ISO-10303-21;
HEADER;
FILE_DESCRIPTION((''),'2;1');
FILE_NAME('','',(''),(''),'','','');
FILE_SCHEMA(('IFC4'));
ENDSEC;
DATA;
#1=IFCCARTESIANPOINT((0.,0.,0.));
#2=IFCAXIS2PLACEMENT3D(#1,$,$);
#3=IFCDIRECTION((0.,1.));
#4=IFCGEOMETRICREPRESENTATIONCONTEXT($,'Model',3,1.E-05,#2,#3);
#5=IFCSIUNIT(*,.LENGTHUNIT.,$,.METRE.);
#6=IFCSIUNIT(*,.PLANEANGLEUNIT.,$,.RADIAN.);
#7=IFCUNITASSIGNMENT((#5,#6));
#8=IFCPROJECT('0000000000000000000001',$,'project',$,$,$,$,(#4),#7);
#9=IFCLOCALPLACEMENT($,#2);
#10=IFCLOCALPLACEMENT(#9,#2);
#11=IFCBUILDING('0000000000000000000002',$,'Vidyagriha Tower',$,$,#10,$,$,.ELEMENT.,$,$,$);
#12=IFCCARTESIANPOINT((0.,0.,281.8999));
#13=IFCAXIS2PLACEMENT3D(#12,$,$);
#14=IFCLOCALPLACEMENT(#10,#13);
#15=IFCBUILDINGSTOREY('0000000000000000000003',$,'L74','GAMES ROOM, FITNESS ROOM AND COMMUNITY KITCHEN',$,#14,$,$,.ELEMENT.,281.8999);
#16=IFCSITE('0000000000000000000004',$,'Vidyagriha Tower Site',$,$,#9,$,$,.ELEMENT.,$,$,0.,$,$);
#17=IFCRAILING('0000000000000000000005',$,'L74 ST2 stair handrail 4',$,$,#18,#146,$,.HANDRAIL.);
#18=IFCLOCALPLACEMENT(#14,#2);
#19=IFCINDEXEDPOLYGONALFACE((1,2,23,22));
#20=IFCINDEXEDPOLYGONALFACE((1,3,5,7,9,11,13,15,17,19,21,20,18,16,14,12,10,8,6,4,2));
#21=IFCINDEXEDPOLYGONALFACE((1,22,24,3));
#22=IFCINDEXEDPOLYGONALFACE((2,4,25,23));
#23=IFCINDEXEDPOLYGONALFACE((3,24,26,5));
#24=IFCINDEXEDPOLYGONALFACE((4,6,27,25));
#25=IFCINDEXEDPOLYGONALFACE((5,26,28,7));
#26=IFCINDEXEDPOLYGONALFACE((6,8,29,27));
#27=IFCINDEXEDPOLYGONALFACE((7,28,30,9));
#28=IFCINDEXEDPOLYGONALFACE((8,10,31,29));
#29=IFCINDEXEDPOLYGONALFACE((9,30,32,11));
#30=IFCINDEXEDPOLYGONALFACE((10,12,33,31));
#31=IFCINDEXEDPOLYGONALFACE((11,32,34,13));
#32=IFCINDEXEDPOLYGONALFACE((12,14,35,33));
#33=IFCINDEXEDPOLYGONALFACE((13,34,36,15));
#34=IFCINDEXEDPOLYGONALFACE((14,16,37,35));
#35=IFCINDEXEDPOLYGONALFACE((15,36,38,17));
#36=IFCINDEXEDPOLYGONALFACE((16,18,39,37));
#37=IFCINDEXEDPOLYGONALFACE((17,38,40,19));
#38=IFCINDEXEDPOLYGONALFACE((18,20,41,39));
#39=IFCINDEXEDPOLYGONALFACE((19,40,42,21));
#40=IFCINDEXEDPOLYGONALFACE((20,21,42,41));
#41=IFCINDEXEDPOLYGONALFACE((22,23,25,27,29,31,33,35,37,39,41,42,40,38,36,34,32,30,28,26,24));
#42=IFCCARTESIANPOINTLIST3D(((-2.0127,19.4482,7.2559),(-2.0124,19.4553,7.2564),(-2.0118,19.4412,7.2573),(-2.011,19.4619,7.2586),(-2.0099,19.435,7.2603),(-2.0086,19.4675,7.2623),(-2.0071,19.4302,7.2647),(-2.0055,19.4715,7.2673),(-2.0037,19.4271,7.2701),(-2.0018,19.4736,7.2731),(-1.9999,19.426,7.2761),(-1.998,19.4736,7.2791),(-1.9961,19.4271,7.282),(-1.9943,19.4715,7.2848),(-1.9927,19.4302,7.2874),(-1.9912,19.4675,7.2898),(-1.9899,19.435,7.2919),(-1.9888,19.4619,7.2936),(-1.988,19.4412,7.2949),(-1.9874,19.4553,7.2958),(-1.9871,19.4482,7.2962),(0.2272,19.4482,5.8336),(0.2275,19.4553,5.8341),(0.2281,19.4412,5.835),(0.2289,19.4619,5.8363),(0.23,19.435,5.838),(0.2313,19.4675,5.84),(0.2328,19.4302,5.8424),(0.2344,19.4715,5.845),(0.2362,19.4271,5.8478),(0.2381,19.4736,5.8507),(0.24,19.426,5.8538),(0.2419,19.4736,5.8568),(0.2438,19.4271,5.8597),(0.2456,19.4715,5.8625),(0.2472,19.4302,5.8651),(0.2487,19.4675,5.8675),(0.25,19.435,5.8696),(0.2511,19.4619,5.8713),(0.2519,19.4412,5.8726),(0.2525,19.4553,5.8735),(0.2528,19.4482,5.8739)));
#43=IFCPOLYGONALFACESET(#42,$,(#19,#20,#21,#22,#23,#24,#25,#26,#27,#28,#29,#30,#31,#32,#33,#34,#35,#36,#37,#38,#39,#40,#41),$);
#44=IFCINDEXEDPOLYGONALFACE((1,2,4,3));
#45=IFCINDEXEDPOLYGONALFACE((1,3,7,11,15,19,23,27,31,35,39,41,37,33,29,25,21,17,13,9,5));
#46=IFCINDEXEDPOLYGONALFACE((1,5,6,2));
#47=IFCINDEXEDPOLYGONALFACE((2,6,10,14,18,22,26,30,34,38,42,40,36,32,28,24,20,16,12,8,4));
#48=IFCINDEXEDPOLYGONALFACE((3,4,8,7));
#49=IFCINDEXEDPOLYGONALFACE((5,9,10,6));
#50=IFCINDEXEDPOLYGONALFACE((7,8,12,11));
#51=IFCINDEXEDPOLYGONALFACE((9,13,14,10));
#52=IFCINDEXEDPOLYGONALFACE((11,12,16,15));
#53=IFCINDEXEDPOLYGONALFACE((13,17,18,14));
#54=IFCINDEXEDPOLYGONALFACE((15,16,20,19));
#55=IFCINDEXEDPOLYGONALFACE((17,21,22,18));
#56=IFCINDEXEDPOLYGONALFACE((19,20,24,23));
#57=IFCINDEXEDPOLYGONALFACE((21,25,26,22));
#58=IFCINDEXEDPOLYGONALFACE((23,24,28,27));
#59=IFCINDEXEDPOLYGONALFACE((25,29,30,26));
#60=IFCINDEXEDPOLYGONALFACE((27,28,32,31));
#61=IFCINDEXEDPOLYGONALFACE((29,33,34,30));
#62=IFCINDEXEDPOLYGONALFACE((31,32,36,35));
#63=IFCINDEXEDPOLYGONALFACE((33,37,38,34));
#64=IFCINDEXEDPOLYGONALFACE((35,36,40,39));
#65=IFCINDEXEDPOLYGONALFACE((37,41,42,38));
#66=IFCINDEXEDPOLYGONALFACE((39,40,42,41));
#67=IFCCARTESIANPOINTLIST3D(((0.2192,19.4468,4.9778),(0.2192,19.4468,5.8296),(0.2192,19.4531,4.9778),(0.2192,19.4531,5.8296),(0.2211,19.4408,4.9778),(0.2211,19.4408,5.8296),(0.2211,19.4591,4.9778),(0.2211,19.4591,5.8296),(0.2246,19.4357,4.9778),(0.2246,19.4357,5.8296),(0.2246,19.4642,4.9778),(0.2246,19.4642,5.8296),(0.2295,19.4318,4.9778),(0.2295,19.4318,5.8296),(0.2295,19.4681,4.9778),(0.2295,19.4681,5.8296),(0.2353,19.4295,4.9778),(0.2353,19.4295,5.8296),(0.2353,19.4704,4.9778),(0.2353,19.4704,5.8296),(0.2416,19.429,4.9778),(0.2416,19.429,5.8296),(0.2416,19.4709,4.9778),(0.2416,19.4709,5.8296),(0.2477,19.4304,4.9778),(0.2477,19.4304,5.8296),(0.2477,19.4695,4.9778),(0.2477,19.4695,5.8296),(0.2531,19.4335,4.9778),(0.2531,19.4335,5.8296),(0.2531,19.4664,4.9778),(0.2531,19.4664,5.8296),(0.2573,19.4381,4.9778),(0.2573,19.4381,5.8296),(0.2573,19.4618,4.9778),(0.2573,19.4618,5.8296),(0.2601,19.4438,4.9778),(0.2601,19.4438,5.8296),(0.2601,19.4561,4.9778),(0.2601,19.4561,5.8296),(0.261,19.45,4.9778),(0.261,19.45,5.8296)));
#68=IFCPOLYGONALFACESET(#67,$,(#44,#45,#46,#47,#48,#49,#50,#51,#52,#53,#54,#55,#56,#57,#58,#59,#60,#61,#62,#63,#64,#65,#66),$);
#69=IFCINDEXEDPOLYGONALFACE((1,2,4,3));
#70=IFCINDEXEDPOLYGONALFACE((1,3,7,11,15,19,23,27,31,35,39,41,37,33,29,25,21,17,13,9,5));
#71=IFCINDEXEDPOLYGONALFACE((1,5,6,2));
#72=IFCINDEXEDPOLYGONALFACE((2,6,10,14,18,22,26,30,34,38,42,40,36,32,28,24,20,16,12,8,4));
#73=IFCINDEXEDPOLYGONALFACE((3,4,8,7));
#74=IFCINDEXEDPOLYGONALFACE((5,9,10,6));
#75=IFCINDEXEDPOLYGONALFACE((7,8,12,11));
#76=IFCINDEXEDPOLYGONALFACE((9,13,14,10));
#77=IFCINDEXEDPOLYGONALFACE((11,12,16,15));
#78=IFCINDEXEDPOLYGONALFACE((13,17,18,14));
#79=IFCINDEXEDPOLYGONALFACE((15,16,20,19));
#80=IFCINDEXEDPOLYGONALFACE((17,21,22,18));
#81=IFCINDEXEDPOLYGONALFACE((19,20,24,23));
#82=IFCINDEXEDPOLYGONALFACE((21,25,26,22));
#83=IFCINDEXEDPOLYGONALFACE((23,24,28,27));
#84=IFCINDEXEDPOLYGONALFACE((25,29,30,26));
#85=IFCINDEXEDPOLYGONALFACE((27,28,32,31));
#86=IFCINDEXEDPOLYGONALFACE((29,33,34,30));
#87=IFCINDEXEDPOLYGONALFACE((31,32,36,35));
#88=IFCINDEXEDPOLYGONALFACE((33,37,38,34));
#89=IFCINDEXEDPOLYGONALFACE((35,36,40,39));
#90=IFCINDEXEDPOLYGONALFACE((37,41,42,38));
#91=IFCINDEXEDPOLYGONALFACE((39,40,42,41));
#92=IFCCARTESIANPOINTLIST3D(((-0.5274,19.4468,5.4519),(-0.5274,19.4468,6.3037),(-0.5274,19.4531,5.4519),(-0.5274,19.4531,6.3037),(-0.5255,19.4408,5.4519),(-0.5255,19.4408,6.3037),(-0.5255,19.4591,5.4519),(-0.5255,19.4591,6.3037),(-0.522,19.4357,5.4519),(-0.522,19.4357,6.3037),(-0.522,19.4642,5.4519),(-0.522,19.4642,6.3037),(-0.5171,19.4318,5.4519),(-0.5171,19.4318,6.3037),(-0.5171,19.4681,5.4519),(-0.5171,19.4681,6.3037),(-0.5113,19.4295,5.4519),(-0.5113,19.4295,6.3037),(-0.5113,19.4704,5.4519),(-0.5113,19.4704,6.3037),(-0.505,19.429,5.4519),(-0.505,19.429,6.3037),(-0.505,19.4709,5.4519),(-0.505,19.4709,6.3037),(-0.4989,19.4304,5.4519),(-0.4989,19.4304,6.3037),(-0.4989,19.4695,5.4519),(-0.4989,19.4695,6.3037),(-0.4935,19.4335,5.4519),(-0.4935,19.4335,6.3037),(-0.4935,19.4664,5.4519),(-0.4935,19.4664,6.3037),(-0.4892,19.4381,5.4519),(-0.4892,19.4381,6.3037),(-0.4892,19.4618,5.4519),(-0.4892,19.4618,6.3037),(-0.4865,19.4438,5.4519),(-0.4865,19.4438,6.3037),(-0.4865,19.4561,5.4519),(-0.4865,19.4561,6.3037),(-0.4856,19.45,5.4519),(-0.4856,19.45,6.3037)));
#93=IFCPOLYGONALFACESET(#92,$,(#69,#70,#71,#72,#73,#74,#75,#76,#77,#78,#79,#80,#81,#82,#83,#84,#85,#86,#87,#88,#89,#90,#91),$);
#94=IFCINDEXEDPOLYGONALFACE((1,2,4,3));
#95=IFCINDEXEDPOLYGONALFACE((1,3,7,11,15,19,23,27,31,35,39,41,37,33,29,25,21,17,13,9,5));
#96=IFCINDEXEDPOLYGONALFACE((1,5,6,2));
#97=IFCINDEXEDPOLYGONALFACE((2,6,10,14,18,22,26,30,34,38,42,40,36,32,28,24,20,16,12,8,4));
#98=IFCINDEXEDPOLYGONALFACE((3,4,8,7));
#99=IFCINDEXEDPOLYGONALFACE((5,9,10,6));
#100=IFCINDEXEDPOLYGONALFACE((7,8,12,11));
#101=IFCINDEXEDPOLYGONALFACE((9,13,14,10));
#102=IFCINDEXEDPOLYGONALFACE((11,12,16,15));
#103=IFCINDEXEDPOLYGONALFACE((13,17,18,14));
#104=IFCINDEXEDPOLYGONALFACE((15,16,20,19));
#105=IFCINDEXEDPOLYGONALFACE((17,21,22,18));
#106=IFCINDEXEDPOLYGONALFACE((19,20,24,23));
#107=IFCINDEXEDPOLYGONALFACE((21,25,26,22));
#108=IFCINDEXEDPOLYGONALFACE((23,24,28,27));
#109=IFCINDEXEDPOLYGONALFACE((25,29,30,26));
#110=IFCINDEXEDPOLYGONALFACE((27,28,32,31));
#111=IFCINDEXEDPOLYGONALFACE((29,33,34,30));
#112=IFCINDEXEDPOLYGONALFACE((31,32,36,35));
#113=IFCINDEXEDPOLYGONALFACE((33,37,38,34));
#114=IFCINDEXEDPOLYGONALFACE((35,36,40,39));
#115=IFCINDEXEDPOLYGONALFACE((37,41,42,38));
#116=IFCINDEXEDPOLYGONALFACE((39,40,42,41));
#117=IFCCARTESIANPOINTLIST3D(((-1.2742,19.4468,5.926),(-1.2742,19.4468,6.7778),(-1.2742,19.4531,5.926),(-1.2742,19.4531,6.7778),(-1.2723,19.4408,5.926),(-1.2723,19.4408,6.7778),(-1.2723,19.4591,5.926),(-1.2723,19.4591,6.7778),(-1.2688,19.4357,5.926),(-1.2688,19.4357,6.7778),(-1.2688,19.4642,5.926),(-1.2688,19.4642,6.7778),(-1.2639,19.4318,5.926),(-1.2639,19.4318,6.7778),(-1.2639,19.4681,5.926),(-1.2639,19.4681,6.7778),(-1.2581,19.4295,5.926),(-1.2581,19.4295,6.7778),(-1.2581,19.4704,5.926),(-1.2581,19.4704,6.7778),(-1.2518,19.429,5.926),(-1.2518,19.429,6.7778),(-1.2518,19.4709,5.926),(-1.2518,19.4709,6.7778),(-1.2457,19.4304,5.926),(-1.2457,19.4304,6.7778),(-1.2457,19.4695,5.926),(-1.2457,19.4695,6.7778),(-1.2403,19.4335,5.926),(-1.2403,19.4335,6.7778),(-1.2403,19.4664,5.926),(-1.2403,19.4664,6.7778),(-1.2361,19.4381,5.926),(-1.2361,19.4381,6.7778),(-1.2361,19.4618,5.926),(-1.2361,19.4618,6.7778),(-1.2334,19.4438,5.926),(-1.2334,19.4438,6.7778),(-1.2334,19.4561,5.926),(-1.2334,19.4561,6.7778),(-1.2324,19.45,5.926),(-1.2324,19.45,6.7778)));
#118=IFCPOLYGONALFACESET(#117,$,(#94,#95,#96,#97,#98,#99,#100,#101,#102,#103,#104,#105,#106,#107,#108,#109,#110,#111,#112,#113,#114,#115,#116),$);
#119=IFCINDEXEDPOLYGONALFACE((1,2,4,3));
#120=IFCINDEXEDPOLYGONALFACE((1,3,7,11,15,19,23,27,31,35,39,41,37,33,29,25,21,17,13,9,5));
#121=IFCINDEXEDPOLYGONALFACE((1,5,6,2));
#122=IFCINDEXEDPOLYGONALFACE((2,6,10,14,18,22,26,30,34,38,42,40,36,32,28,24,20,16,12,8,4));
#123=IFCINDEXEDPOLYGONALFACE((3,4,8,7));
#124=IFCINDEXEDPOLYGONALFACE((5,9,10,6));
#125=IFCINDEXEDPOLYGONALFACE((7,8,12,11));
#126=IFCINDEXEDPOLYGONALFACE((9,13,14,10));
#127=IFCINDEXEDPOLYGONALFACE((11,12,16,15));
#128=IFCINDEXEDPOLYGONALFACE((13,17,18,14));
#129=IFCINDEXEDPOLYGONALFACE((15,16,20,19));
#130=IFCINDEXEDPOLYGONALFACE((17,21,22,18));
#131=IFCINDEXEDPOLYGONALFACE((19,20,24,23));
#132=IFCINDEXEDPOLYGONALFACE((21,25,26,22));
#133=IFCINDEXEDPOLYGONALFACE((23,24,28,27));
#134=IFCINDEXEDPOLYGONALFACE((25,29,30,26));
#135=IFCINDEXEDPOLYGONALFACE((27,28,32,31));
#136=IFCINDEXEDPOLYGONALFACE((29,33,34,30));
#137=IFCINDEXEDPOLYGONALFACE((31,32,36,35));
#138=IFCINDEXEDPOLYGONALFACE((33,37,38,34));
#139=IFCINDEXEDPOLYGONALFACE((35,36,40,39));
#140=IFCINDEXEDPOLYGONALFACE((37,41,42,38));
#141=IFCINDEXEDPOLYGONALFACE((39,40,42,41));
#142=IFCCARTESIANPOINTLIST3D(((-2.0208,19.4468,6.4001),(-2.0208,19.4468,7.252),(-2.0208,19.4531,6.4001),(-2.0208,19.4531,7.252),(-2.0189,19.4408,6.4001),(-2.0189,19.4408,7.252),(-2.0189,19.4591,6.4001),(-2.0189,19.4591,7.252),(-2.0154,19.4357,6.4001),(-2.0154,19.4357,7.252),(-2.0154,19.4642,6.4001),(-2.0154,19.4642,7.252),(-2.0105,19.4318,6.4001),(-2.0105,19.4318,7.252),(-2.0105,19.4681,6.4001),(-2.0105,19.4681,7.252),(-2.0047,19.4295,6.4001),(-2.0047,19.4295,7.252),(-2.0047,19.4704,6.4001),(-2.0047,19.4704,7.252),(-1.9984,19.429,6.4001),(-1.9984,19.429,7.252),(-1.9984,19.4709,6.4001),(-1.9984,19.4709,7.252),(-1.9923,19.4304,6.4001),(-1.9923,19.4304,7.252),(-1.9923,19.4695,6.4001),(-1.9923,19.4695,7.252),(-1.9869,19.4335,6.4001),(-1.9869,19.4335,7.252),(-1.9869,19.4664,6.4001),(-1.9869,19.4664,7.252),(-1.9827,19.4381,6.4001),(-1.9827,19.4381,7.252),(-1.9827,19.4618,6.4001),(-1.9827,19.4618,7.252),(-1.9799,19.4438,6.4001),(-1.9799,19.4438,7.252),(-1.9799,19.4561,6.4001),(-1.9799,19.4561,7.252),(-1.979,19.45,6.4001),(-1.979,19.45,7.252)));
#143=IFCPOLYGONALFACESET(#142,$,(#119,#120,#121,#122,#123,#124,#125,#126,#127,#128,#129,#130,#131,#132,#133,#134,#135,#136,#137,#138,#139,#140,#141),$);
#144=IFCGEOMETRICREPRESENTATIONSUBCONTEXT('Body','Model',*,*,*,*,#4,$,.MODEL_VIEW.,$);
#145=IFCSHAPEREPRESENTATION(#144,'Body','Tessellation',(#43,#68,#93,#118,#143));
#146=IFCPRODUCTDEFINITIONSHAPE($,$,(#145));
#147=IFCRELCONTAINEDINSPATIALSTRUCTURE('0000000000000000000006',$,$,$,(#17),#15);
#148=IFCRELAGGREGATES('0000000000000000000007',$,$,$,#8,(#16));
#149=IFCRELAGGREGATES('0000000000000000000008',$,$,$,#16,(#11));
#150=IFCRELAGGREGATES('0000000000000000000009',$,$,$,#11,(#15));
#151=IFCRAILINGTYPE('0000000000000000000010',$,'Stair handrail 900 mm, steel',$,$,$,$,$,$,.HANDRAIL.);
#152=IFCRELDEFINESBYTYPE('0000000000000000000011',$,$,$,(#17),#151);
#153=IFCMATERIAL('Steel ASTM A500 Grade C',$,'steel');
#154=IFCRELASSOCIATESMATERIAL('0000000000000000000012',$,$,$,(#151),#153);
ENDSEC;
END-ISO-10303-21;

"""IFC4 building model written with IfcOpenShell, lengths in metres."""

from ifc_helpers import new_model, si_unit, direction, frame, origin, origin_2d, place, context, subcontext, project, spatial, circle, extrude, material, type_object, element, save


model = new_model("IFC4")

# Units and contexts
model_context = context("Model", 3, precision=1e-05, world=origin(), true_north=direction((0.0, 1.0)))
body_context = subcontext(model_context, "Body", "Model", "MODEL_VIEW")
ifc_project = project(units=[si_unit("LENGTHUNIT", "METRE"), si_unit("PLANEANGLEUNIT", "RADIAN")], contexts=[model_context])

# Site, building, storey
site_placement = place(None, origin())
site = spatial("IfcSite", under=ifc_project, at=site_placement, Name="Vidyagriha Tower Site", CompositionType="ELEMENT", RefElevation=0.0)
building_placement = place(site_placement, origin())
building = spatial("IfcBuilding", under=site, at=building_placement, Name="Vidyagriha Tower", CompositionType="ELEMENT")
storey_placement = place(building_placement, frame((0.0, 0.0, 281.8999)))
storey = spatial("IfcBuildingStorey", under=building, at=storey_placement, Name="L74", Description="GAMES ROOM, FITNESS ROOM AND COMMUNITY KITCHEN", CompositionType="ELEMENT", Elevation=281.8999)

# Railing
ifc_material_1 = material(Name="Steel ASTM A500 Grade C", Category="steel")
railing_type_1 = type_object("IfcRailingType", Name="Stair handrail 900 mm, steel", PredefinedType="HANDRAIL", material=ifc_material_1)
for number, where, name in (
    (1, (0.24, 19.45, 4.9778), "L74 ST2 stair handrail 4"),
):
    element("IfcRailing", number, at=place(storey_placement, frame(where)), inside=storey, type_object=railing_type_1, Name=name, PredefinedType="HANDRAIL", context=body_context, shape_type="SweptSolid", body=[
        extrude(circle(Radius=0.0239, at=origin_2d()), frame((0.0, 0.0, 0.876), z_axis=(-0.844188, 0.0, 0.536048), x_axis=(0.0, -1.0, 0.0)), (0.0, 0.0, 1.0), 2.6533),
        extrude(circle(Radius=0.021, at=origin_2d()), origin(), (0.0, 0.0, 1.0), 0.8518),
        extrude(circle(Radius=0.021, at=origin_2d()), frame((-0.7466, 0.0, 0.4741)), (0.0, 0.0, 1.0), 0.8518),
        extrude(circle(Radius=0.021, at=origin_2d()), frame((-1.4934, 0.0, 0.9482)), (0.0, 0.0, 1.0), 0.8518),
        extrude(circle(Radius=0.021, at=origin_2d()), frame((-2.24, 0.0, 1.4224)), (0.0, 0.0, 1.0), 0.8518),
    ])

save(model, "model.ifc")
